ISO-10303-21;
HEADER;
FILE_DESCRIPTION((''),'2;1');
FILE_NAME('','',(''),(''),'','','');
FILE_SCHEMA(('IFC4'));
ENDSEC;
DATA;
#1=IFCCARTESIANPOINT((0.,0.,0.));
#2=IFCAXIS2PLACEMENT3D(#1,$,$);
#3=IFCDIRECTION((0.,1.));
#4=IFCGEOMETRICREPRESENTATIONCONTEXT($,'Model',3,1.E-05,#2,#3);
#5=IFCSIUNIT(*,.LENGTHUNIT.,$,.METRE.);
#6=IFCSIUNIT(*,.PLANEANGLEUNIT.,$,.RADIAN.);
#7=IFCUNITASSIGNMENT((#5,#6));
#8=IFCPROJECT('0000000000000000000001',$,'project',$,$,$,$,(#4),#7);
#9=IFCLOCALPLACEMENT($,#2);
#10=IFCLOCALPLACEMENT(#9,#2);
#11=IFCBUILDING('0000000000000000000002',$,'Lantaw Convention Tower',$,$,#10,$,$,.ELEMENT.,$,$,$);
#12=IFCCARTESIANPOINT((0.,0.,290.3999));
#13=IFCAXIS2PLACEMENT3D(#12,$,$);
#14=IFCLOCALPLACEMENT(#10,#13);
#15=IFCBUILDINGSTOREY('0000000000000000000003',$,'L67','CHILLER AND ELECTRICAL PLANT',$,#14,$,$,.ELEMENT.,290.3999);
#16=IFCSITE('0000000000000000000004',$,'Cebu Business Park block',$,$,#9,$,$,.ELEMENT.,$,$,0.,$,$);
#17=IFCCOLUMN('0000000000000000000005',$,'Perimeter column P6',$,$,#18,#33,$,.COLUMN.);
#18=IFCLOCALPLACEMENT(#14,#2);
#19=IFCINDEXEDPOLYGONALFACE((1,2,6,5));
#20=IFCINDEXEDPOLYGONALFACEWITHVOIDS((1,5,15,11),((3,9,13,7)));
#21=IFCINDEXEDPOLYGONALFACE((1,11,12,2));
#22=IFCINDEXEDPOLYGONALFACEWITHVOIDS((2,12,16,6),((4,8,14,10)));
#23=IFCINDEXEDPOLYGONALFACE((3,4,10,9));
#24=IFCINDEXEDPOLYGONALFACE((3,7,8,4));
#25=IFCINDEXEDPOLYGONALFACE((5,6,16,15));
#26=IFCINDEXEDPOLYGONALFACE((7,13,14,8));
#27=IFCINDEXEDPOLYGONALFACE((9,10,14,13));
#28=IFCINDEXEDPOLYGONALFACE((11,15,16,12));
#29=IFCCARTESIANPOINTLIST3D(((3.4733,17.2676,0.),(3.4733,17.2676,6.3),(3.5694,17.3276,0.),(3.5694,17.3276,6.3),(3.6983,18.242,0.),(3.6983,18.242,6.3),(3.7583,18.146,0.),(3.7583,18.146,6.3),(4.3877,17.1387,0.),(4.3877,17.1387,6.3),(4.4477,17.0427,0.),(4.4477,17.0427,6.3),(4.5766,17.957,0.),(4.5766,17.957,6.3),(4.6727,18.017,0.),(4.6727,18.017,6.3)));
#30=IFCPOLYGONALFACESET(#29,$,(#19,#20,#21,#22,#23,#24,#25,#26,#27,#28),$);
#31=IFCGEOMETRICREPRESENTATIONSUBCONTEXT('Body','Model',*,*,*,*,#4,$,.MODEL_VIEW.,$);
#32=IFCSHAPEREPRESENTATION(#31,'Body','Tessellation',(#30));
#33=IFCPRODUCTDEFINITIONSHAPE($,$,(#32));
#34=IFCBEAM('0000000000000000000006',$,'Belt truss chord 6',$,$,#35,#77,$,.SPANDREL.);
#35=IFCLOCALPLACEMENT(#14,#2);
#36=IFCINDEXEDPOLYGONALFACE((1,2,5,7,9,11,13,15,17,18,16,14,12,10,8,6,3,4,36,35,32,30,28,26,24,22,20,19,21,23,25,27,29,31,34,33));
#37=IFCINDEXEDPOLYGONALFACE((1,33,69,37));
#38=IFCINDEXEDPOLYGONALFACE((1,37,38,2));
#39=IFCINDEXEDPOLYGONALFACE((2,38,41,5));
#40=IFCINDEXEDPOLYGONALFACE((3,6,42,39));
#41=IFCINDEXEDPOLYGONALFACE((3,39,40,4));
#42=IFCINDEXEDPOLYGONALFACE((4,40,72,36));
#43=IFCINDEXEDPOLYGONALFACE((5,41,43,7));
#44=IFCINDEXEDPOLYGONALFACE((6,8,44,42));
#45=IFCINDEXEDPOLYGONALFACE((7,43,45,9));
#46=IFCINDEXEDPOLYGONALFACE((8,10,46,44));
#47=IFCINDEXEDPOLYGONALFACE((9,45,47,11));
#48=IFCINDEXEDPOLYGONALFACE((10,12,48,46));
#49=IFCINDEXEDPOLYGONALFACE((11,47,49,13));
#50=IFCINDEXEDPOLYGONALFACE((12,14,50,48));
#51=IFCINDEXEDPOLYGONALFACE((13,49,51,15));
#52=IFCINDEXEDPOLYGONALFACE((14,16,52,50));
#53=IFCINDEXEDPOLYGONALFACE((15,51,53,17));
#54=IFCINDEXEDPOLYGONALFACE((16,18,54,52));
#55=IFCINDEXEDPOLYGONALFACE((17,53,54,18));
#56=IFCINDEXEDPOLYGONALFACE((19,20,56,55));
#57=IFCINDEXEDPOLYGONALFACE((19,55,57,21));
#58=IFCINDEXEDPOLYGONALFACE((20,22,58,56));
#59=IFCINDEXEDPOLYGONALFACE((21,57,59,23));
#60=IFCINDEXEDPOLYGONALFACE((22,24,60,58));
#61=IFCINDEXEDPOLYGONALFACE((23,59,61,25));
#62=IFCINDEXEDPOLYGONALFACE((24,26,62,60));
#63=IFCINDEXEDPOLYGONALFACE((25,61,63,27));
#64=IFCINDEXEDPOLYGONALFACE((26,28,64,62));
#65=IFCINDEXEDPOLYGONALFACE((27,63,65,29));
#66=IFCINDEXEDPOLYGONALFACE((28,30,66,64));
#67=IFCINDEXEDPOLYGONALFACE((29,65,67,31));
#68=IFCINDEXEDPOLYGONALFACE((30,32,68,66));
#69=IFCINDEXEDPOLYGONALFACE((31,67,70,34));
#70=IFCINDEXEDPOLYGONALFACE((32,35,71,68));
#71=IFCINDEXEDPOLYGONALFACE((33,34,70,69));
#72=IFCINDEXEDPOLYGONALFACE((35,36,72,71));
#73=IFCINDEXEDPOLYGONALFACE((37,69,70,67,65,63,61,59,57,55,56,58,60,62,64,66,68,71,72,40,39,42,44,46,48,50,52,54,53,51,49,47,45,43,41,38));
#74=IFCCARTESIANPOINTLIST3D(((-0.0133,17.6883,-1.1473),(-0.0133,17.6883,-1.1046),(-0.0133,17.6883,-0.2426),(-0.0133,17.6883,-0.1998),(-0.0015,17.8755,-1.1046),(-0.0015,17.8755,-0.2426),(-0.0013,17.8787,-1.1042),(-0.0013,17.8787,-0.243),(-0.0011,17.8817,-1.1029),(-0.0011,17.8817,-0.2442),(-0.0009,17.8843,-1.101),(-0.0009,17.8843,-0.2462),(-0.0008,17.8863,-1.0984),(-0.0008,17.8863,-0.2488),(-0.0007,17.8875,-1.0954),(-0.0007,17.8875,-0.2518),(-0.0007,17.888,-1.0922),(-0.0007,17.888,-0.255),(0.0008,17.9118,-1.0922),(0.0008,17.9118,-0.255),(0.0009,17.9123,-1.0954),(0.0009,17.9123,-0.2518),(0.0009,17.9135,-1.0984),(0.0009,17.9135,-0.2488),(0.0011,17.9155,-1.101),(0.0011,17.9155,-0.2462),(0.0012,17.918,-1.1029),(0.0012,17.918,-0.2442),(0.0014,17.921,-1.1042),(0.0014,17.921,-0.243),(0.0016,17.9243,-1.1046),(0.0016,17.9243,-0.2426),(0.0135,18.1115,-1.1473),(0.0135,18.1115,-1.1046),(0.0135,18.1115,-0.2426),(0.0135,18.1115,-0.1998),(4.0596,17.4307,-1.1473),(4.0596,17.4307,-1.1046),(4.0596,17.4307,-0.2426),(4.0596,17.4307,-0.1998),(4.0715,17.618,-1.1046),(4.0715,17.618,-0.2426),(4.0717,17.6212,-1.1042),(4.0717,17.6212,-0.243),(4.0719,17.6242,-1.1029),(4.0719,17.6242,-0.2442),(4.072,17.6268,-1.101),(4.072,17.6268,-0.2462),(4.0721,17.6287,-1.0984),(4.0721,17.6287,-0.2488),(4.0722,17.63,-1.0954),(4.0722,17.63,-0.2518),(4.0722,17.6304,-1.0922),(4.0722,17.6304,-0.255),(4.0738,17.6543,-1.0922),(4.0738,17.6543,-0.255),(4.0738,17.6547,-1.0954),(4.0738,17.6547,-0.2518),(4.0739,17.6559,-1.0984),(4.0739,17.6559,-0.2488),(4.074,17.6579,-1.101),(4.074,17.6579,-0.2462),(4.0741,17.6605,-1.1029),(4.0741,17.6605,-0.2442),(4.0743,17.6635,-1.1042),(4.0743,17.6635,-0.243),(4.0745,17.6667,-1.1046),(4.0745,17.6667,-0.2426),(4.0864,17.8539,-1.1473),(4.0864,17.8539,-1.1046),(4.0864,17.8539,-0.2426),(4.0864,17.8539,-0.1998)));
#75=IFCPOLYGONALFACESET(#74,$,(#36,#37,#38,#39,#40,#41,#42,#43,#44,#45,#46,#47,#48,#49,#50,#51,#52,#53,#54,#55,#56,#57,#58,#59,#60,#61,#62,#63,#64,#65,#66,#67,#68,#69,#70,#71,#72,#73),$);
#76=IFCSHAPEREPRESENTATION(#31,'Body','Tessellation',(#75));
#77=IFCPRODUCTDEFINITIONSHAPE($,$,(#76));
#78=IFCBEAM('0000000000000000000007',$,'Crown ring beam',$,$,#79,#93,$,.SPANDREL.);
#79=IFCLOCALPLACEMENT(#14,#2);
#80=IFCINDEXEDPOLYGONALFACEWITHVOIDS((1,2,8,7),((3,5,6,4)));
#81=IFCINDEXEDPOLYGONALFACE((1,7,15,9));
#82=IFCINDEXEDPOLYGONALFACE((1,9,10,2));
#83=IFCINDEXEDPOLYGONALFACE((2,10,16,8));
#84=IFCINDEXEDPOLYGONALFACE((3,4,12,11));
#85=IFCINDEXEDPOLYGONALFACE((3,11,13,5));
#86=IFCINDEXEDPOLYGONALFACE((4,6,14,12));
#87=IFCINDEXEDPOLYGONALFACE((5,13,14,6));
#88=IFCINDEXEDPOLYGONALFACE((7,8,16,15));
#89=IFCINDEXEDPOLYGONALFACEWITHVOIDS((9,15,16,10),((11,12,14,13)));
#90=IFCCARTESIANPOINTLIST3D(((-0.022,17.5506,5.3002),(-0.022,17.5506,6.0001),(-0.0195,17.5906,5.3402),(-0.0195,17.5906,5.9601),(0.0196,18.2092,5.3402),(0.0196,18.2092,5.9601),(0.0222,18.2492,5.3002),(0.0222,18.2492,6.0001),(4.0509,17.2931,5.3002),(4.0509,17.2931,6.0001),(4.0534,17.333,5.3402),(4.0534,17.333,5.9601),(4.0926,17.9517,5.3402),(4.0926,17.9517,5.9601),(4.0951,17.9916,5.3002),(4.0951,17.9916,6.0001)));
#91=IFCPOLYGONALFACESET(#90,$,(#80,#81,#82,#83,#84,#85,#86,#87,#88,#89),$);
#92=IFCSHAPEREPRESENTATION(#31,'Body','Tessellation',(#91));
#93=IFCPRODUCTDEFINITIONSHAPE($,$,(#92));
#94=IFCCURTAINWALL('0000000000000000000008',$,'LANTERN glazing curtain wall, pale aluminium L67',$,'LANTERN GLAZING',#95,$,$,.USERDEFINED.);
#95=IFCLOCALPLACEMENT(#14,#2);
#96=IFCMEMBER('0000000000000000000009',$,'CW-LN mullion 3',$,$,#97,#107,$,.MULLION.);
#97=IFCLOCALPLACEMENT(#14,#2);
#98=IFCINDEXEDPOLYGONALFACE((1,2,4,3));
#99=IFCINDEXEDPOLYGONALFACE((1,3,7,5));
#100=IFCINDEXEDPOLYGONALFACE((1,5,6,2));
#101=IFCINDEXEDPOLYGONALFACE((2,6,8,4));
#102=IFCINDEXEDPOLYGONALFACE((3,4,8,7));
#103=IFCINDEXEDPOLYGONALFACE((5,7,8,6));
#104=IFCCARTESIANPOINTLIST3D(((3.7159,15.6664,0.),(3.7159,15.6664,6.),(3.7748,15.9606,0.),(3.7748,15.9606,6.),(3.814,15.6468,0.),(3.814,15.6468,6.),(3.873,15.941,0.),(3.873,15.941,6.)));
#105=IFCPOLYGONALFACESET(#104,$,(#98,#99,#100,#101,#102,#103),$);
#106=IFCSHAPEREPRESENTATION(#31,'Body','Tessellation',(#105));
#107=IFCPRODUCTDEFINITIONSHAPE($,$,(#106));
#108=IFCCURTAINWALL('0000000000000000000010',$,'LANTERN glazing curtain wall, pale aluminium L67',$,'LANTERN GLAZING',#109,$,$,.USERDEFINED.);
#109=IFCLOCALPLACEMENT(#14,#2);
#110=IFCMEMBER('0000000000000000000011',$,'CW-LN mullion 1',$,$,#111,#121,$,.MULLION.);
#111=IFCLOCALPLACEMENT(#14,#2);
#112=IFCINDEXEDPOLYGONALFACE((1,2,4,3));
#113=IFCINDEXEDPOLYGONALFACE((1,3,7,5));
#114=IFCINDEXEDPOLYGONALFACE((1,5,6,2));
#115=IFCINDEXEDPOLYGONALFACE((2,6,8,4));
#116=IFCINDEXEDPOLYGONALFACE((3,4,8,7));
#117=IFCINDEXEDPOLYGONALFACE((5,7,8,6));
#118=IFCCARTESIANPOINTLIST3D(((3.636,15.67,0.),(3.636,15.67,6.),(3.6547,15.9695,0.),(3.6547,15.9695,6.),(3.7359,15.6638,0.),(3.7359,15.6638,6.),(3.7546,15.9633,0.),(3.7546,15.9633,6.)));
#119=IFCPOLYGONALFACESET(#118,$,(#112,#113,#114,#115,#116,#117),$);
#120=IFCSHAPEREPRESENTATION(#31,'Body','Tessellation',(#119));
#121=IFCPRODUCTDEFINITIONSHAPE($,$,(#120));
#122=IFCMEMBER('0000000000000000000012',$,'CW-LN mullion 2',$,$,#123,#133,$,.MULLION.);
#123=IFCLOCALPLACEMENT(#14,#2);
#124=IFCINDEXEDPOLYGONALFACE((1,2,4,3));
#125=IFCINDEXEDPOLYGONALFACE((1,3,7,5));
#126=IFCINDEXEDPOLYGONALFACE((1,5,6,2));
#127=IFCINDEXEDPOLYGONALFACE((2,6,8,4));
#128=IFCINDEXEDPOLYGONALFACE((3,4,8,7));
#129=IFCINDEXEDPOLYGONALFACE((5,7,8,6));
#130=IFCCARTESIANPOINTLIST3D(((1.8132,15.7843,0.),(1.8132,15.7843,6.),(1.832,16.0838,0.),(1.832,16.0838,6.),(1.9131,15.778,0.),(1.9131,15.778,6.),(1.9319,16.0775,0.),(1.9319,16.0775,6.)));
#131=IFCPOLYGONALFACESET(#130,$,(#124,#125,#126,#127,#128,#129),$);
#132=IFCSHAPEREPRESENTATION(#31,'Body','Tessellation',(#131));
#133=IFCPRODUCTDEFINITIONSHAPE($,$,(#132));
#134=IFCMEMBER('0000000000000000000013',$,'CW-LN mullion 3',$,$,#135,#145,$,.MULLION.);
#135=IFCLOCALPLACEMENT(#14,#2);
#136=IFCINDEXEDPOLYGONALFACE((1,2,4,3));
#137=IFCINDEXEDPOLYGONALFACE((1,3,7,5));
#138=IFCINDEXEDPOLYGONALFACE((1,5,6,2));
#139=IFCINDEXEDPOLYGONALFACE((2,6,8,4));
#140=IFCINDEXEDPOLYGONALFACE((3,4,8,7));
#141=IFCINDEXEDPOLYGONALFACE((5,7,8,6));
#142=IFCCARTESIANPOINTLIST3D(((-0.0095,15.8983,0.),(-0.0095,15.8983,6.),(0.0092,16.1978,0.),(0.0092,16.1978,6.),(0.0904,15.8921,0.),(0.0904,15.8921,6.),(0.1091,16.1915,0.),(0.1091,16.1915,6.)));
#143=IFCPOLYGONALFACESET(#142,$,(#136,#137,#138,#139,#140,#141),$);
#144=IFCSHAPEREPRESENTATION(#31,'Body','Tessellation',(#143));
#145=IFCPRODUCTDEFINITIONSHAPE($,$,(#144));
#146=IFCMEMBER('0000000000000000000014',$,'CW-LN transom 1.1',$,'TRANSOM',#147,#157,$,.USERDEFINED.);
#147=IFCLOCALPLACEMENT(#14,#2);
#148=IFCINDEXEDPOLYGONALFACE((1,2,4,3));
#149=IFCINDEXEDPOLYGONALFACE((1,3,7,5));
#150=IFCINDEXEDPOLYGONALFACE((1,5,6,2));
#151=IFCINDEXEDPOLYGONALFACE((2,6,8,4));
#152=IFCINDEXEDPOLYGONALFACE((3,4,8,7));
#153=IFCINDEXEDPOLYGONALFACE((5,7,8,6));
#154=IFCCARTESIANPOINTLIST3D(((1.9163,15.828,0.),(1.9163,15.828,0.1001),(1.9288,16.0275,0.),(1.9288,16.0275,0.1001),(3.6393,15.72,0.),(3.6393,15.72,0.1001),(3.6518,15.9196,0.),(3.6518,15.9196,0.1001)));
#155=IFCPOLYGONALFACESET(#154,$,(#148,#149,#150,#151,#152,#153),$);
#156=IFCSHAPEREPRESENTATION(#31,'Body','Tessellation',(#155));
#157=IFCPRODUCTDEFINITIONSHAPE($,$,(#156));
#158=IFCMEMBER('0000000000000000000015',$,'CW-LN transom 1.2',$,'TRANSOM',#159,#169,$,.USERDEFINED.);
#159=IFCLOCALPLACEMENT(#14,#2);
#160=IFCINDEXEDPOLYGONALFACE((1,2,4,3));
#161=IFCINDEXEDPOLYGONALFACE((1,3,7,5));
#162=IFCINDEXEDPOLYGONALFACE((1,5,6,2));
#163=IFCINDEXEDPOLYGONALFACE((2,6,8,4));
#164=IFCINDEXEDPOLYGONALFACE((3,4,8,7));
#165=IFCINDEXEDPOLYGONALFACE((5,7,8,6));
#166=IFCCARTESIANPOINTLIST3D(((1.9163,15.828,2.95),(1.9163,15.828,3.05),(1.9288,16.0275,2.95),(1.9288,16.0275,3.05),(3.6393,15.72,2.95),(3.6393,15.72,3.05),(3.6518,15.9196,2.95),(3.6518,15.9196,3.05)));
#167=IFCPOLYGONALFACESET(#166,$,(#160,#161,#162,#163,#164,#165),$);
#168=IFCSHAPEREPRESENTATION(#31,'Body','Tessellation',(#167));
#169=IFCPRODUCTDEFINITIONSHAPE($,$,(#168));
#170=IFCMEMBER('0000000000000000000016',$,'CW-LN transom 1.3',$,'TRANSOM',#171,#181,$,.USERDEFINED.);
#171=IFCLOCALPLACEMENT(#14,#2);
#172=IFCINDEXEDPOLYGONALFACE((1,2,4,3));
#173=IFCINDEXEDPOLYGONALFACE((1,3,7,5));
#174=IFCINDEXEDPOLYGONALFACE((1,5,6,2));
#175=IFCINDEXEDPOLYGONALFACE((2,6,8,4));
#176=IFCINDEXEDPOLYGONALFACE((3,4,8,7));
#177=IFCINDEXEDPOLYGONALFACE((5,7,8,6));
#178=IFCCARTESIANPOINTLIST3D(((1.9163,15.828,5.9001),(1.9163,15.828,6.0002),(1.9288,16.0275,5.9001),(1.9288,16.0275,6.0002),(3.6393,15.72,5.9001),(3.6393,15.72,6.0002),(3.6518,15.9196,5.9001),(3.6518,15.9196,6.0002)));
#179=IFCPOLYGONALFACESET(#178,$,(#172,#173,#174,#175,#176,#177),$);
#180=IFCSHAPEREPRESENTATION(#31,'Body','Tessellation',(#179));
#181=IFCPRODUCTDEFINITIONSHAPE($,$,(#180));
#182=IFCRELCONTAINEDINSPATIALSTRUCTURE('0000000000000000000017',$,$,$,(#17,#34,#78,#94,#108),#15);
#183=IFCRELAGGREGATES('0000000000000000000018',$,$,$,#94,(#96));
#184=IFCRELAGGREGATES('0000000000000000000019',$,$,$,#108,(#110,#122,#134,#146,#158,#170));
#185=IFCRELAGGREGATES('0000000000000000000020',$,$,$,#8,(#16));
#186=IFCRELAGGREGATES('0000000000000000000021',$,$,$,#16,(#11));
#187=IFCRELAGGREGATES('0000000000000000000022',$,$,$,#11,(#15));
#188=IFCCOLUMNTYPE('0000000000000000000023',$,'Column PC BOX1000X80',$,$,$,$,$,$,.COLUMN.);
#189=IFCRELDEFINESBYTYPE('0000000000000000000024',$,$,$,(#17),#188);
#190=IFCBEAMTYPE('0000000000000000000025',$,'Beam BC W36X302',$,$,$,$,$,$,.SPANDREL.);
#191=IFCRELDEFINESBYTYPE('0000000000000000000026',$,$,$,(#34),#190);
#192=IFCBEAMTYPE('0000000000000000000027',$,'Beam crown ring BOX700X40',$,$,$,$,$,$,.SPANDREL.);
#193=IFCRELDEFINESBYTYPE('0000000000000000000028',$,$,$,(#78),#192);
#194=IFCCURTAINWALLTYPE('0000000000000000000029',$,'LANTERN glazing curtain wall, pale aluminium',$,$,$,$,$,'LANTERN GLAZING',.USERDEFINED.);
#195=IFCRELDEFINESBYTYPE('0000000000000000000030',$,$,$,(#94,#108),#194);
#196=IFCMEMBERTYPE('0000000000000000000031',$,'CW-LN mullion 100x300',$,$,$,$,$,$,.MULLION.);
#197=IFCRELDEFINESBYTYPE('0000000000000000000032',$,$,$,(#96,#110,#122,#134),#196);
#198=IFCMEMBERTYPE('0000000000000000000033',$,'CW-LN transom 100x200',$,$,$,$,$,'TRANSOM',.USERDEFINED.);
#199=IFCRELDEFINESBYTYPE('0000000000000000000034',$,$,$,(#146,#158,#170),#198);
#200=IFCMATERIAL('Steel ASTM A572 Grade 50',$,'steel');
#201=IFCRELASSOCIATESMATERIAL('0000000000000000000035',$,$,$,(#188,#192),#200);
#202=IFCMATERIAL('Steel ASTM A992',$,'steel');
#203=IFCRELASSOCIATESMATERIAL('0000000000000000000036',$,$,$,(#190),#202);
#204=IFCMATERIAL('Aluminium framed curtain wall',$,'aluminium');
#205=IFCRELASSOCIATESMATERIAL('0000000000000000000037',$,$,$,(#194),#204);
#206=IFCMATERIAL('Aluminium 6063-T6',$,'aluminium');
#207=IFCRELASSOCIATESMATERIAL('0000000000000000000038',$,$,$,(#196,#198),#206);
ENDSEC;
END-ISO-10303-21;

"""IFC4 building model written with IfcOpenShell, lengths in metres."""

from ifc_helpers import new_model, si_unit, direction, frame, origin, origin_2d, place, context, subcontext, project, spatial, rectangle, hollow_rectangle, i_section, extrude, material, material_profile, profile_set, type_object, element, aggregate, save


model = new_model("IFC4")

# Units and contexts
model_context = context("Model", 3, precision=1e-05, world=origin(), true_north=direction((0.0, 1.0)))
body_context = subcontext(model_context, "Body", "Model", "MODEL_VIEW")
ifc_project = project(units=[si_unit("LENGTHUNIT", "METRE"), si_unit("PLANEANGLEUNIT", "RADIAN")], contexts=[model_context])

# Site, building, storey
site_placement = place(None, origin())
site = spatial("IfcSite", under=ifc_project, at=site_placement, Name="Cebu Business Park block", CompositionType="ELEMENT", RefElevation=0.0)
building_placement = place(site_placement, origin())
building = spatial("IfcBuilding", under=site, at=building_placement, Name="Lantaw Convention Tower", CompositionType="ELEMENT")
storey_placement = place(building_placement, frame((0.0, 0.0, 290.3999)))
storey = spatial("IfcBuildingStorey", under=building, at=storey_placement, Name="L67", Description="CHILLER AND ELECTRICAL PLANT", CompositionType="ELEMENT", Elevation=290.3999)

# Column
ifc_material_1 = material(Name="Steel ASTM A572 Grade 50", Category="steel")
ifc_material_profile_1 = material_profile(ifc_material_1, hollow_rectangle(XDim=1.0, YDim=1.0, WallThickness=0.0801, at=origin_2d()), Name="BOX1000X80")
ifc_material_2 = material(Name="Concrete C60/75", Category="concrete")
ifc_material_profile_2 = material_profile(ifc_material_2, rectangle(XDim=0.8401, YDim=0.8401, at=origin_2d()), Name="Concrete fill of BOX1000X80")
ifc_profile_set_1 = profile_set([ifc_material_profile_1, ifc_material_profile_2], Name="Steel ASTM A572 Grade 50")
column_type = type_object("IfcColumnType", Name="Column PC BOX1000X80", PredefinedType="COLUMN", material=ifc_profile_set_1)
column_placement = place(storey_placement, frame((4.073, 17.6423, 0.0), z_axis=(0.0, 0.0, 1.0), x_axis=(0.224951, 0.97437, 0.0)))
element("IfcColumn", 1, at=column_placement, inside=storey, type_object=column_type, Name="Perimeter column P6", PredefinedType="COLUMN", context=body_context, shape_type="SweptSolid", body=[
    extrude(hollow_rectangle(XDim=1.0, YDim=1.0, WallThickness=0.0801, at=origin_2d()), origin(), (0.0, 0.0, 1.0), 6.3),
])

# Beams
ifc_material_3 = material(Name="Steel ASTM A992", Category="steel")
ifc_material_profile_3 = material_profile(ifc_material_3, i_section(OverallWidth=0.4241, OverallDepth=0.9475, WebThickness=0.0239, FlangeThickness=0.0427, FilletRadius=0.0125, at=origin_2d()), Name="W36X302")
ifc_profile_set_2 = profile_set([ifc_material_profile_3], Name="Steel ASTM A992")
beam_type_1 = type_object("IfcBeamType", Name="Beam BC W36X302", PredefinedType="SPANDREL", material=ifc_profile_set_2)
beam_1_placement = place(storey_placement, frame((4.073, 17.6423, -0.6736), z_axis=(-0.998006, 0.063112, 0.0), x_axis=(-0.063112, -0.998006, 0.0)))
element("IfcBeam", 2, at=beam_1_placement, inside=storey, type_object=beam_type_1, Name="Belt truss chord 6", PredefinedType="SPANDREL", context=body_context, shape_type="SweptSolid", body=[
    extrude(i_section(OverallWidth=0.4241, OverallDepth=0.9475, WebThickness=0.0239, FlangeThickness=0.0427, FilletRadius=0.0125, at=origin_2d()), origin(), (0.0, 0.0, 1.0), 4.0811),
])
ifc_material_profile_4 = material_profile(ifc_material_1, hollow_rectangle(XDim=0.7, YDim=0.7, WallThickness=0.04, at=origin_2d()), Name="BOX700X40")
ifc_profile_set_3 = profile_set([ifc_material_profile_4], Name="Steel ASTM A572 Grade 50")
beam_type_2 = type_object("IfcBeamType", Name="Beam crown ring BOX700X40", PredefinedType="SPANDREL", material=ifc_profile_set_3)
beam_2_placement = place(storey_placement, frame((4.073, 17.6423, 5.6501), z_axis=(-0.998006, 0.063112, 0.0), x_axis=(-0.063112, -0.998006, 0.0)))
element("IfcBeam", 3, at=beam_2_placement, inside=storey, type_object=beam_type_2, Name="Crown ring beam", PredefinedType="SPANDREL", context=body_context, shape_type="SweptSolid", body=[
    extrude(hollow_rectangle(XDim=0.7, YDim=0.7, WallThickness=0.04, at=origin_2d()), origin(), (0.0, 0.0, 1.0), 4.0811),
])

# Curtain wall, member
ifc_material_4 = material(Name="Aluminium framed curtain wall", Category="aluminium")
curtain_wall_type_1 = type_object("IfcCurtainWallType", Name="LANTERN glazing curtain wall, pale aluminium", ElementType="LANTERN GLAZING", PredefinedType="USERDEFINED", material=ifc_material_4)
curtain_wall_1_placement = place(storey_placement, origin())
curtain_wall_1 = element("IfcCurtainWall", 4, at=curtain_wall_1_placement, inside=storey, type_object=curtain_wall_type_1, Name="LANTERN glazing curtain wall, pale aluminium L67", ObjectType="LANTERN GLAZING", PredefinedType="USERDEFINED")
ifc_material_5 = material(Name="Aluminium 6063-T6", Category="aluminium")
ifc_material_profile_5 = material_profile(ifc_material_5, rectangle(XDim=0.3, YDim=0.1001, at=origin_2d()), Name="CW-LN mullion 100x300")
ifc_profile_set_4 = profile_set([ifc_material_profile_5], Name="Aluminium 6063-T6")
member_type_1 = type_object("IfcMemberType", Name="CW-LN mullion 100x300", PredefinedType="MULLION", material=ifc_profile_set_4)
member_1_placement = place(storey_placement, frame((3.7944, 15.8037, 0.0), z_axis=(0.0, 0.0, 1.0), x_axis=(-0.196367, -0.98053, 0.0)))
member_1 = element("IfcMember", 5, at=member_1_placement, type_object=member_type_1, Name="CW-LN mullion 3", PredefinedType="MULLION", context=body_context, shape_type="SweptSolid", body=[
    extrude(rectangle(XDim=0.3, YDim=0.1001, at=origin_2d()), origin(), (0.0, 0.0, 1.0), 6.0),
])
aggregate(curtain_wall_1, [member_1])

# Curtain wall, members
curtain_wall_2_placement = place(storey_placement, origin())
curtain_wall_2 = element("IfcCurtainWall", 6, at=curtain_wall_2_placement, inside=storey, type_object=curtain_wall_type_1, Name="LANTERN glazing curtain wall, pale aluminium L67", ObjectType="LANTERN GLAZING", PredefinedType="USERDEFINED")
member_2_placement = place(storey_placement, frame((3.6953, 15.8167, 0.0), z_axis=(0.0, 0.0, 1.0), x_axis=(-0.062489, -0.998046, 0.0)))
member_2 = element("IfcMember", 7, at=member_2_placement, type_object=member_type_1, Name="CW-LN mullion 1", PredefinedType="MULLION", context=body_context, shape_type="SweptSolid", body=[
    extrude(rectangle(XDim=0.3, YDim=0.1001, at=origin_2d()), origin(), (0.0, 0.0, 1.0), 6.0),
])
member_3_placement = place(storey_placement, frame((1.8726, 15.9309, 0.0), z_axis=(0.0, 0.0, 1.0), x_axis=(-0.062489, -0.998046, 0.0)))
member_3 = element("IfcMember", 8, at=member_3_placement, type_object=member_type_1, Name="CW-LN mullion 2", PredefinedType="MULLION", context=body_context, shape_type="SweptSolid", body=[
    extrude(rectangle(XDim=0.3, YDim=0.1001, at=origin_2d()), origin(), (0.0, 0.0, 1.0), 6.0),
])
member_4_placement = place(storey_placement, frame((0.0498, 16.0449, 0.0), z_axis=(0.0, 0.0, 1.0), x_axis=(-0.062489, -0.998046, 0.0)))
member_4 = element("IfcMember", 9, at=member_4_placement, type_object=member_type_1, Name="CW-LN mullion 3", PredefinedType="MULLION", context=body_context, shape_type="SweptSolid", body=[
    extrude(rectangle(XDim=0.3, YDim=0.1001, at=origin_2d()), origin(), (0.0, 0.0, 1.0), 6.0),
])
ifc_material_profile_6 = material_profile(ifc_material_5, rectangle(XDim=0.2, YDim=0.1001, at=origin_2d()), Name="CW-LN transom 100x200")
ifc_profile_set_5 = profile_set([ifc_material_profile_6], Name="Aluminium 6063-T6")
member_type_2 = type_object("IfcMemberType", Name="CW-LN transom 100x200", ElementType="TRANSOM", PredefinedType="USERDEFINED", material=ifc_profile_set_5)
member_5_placement = place(storey_placement, frame((3.6455, 15.8198, 0.05), z_axis=(-0.998044, 0.06251, 0.0), x_axis=(-0.06251, -0.998044, 0.0)))
member_5 = element("IfcMember", 10, at=member_5_placement, type_object=member_type_2, Name="CW-LN transom 1.1", ObjectType="TRANSOM", PredefinedType="USERDEFINED", context=body_context, shape_type="SweptSolid", body=[
    extrude(rectangle(XDim=0.2, YDim=0.1001, at=origin_2d()), origin(), (0.0, 0.0, 1.0), 1.7263),
])
member_6_placement = place(storey_placement, frame((3.6455, 15.8198, 3.0), z_axis=(-0.998044, 0.06251, 0.0), x_axis=(-0.06251, -0.998044, 0.0)))
member_6 = element("IfcMember", 11, at=member_6_placement, type_object=member_type_2, Name="CW-LN transom 1.2", ObjectType="TRANSOM", PredefinedType="USERDEFINED", context=body_context, shape_type="SweptSolid", body=[
    extrude(rectangle(XDim=0.2, YDim=0.1001, at=origin_2d()), origin(), (0.0, 0.0, 1.0), 1.7263),
])
member_7_placement = place(storey_placement, frame((3.6455, 15.8198, 5.9502), z_axis=(-0.998044, 0.06251, 0.0), x_axis=(-0.06251, -0.998044, 0.0)))
member_7 = element("IfcMember", 12, at=member_7_placement, type_object=member_type_2, Name="CW-LN transom 1.3", ObjectType="TRANSOM", PredefinedType="USERDEFINED", context=body_context, shape_type="SweptSolid", body=[
    extrude(rectangle(XDim=0.2, YDim=0.1001, at=origin_2d()), origin(), (0.0, 0.0, 1.0), 1.7263),
])

aggregate(curtain_wall_2, [member_2, member_3, member_4, member_5, member_6, member_7])

save(model, "model.ifc")
